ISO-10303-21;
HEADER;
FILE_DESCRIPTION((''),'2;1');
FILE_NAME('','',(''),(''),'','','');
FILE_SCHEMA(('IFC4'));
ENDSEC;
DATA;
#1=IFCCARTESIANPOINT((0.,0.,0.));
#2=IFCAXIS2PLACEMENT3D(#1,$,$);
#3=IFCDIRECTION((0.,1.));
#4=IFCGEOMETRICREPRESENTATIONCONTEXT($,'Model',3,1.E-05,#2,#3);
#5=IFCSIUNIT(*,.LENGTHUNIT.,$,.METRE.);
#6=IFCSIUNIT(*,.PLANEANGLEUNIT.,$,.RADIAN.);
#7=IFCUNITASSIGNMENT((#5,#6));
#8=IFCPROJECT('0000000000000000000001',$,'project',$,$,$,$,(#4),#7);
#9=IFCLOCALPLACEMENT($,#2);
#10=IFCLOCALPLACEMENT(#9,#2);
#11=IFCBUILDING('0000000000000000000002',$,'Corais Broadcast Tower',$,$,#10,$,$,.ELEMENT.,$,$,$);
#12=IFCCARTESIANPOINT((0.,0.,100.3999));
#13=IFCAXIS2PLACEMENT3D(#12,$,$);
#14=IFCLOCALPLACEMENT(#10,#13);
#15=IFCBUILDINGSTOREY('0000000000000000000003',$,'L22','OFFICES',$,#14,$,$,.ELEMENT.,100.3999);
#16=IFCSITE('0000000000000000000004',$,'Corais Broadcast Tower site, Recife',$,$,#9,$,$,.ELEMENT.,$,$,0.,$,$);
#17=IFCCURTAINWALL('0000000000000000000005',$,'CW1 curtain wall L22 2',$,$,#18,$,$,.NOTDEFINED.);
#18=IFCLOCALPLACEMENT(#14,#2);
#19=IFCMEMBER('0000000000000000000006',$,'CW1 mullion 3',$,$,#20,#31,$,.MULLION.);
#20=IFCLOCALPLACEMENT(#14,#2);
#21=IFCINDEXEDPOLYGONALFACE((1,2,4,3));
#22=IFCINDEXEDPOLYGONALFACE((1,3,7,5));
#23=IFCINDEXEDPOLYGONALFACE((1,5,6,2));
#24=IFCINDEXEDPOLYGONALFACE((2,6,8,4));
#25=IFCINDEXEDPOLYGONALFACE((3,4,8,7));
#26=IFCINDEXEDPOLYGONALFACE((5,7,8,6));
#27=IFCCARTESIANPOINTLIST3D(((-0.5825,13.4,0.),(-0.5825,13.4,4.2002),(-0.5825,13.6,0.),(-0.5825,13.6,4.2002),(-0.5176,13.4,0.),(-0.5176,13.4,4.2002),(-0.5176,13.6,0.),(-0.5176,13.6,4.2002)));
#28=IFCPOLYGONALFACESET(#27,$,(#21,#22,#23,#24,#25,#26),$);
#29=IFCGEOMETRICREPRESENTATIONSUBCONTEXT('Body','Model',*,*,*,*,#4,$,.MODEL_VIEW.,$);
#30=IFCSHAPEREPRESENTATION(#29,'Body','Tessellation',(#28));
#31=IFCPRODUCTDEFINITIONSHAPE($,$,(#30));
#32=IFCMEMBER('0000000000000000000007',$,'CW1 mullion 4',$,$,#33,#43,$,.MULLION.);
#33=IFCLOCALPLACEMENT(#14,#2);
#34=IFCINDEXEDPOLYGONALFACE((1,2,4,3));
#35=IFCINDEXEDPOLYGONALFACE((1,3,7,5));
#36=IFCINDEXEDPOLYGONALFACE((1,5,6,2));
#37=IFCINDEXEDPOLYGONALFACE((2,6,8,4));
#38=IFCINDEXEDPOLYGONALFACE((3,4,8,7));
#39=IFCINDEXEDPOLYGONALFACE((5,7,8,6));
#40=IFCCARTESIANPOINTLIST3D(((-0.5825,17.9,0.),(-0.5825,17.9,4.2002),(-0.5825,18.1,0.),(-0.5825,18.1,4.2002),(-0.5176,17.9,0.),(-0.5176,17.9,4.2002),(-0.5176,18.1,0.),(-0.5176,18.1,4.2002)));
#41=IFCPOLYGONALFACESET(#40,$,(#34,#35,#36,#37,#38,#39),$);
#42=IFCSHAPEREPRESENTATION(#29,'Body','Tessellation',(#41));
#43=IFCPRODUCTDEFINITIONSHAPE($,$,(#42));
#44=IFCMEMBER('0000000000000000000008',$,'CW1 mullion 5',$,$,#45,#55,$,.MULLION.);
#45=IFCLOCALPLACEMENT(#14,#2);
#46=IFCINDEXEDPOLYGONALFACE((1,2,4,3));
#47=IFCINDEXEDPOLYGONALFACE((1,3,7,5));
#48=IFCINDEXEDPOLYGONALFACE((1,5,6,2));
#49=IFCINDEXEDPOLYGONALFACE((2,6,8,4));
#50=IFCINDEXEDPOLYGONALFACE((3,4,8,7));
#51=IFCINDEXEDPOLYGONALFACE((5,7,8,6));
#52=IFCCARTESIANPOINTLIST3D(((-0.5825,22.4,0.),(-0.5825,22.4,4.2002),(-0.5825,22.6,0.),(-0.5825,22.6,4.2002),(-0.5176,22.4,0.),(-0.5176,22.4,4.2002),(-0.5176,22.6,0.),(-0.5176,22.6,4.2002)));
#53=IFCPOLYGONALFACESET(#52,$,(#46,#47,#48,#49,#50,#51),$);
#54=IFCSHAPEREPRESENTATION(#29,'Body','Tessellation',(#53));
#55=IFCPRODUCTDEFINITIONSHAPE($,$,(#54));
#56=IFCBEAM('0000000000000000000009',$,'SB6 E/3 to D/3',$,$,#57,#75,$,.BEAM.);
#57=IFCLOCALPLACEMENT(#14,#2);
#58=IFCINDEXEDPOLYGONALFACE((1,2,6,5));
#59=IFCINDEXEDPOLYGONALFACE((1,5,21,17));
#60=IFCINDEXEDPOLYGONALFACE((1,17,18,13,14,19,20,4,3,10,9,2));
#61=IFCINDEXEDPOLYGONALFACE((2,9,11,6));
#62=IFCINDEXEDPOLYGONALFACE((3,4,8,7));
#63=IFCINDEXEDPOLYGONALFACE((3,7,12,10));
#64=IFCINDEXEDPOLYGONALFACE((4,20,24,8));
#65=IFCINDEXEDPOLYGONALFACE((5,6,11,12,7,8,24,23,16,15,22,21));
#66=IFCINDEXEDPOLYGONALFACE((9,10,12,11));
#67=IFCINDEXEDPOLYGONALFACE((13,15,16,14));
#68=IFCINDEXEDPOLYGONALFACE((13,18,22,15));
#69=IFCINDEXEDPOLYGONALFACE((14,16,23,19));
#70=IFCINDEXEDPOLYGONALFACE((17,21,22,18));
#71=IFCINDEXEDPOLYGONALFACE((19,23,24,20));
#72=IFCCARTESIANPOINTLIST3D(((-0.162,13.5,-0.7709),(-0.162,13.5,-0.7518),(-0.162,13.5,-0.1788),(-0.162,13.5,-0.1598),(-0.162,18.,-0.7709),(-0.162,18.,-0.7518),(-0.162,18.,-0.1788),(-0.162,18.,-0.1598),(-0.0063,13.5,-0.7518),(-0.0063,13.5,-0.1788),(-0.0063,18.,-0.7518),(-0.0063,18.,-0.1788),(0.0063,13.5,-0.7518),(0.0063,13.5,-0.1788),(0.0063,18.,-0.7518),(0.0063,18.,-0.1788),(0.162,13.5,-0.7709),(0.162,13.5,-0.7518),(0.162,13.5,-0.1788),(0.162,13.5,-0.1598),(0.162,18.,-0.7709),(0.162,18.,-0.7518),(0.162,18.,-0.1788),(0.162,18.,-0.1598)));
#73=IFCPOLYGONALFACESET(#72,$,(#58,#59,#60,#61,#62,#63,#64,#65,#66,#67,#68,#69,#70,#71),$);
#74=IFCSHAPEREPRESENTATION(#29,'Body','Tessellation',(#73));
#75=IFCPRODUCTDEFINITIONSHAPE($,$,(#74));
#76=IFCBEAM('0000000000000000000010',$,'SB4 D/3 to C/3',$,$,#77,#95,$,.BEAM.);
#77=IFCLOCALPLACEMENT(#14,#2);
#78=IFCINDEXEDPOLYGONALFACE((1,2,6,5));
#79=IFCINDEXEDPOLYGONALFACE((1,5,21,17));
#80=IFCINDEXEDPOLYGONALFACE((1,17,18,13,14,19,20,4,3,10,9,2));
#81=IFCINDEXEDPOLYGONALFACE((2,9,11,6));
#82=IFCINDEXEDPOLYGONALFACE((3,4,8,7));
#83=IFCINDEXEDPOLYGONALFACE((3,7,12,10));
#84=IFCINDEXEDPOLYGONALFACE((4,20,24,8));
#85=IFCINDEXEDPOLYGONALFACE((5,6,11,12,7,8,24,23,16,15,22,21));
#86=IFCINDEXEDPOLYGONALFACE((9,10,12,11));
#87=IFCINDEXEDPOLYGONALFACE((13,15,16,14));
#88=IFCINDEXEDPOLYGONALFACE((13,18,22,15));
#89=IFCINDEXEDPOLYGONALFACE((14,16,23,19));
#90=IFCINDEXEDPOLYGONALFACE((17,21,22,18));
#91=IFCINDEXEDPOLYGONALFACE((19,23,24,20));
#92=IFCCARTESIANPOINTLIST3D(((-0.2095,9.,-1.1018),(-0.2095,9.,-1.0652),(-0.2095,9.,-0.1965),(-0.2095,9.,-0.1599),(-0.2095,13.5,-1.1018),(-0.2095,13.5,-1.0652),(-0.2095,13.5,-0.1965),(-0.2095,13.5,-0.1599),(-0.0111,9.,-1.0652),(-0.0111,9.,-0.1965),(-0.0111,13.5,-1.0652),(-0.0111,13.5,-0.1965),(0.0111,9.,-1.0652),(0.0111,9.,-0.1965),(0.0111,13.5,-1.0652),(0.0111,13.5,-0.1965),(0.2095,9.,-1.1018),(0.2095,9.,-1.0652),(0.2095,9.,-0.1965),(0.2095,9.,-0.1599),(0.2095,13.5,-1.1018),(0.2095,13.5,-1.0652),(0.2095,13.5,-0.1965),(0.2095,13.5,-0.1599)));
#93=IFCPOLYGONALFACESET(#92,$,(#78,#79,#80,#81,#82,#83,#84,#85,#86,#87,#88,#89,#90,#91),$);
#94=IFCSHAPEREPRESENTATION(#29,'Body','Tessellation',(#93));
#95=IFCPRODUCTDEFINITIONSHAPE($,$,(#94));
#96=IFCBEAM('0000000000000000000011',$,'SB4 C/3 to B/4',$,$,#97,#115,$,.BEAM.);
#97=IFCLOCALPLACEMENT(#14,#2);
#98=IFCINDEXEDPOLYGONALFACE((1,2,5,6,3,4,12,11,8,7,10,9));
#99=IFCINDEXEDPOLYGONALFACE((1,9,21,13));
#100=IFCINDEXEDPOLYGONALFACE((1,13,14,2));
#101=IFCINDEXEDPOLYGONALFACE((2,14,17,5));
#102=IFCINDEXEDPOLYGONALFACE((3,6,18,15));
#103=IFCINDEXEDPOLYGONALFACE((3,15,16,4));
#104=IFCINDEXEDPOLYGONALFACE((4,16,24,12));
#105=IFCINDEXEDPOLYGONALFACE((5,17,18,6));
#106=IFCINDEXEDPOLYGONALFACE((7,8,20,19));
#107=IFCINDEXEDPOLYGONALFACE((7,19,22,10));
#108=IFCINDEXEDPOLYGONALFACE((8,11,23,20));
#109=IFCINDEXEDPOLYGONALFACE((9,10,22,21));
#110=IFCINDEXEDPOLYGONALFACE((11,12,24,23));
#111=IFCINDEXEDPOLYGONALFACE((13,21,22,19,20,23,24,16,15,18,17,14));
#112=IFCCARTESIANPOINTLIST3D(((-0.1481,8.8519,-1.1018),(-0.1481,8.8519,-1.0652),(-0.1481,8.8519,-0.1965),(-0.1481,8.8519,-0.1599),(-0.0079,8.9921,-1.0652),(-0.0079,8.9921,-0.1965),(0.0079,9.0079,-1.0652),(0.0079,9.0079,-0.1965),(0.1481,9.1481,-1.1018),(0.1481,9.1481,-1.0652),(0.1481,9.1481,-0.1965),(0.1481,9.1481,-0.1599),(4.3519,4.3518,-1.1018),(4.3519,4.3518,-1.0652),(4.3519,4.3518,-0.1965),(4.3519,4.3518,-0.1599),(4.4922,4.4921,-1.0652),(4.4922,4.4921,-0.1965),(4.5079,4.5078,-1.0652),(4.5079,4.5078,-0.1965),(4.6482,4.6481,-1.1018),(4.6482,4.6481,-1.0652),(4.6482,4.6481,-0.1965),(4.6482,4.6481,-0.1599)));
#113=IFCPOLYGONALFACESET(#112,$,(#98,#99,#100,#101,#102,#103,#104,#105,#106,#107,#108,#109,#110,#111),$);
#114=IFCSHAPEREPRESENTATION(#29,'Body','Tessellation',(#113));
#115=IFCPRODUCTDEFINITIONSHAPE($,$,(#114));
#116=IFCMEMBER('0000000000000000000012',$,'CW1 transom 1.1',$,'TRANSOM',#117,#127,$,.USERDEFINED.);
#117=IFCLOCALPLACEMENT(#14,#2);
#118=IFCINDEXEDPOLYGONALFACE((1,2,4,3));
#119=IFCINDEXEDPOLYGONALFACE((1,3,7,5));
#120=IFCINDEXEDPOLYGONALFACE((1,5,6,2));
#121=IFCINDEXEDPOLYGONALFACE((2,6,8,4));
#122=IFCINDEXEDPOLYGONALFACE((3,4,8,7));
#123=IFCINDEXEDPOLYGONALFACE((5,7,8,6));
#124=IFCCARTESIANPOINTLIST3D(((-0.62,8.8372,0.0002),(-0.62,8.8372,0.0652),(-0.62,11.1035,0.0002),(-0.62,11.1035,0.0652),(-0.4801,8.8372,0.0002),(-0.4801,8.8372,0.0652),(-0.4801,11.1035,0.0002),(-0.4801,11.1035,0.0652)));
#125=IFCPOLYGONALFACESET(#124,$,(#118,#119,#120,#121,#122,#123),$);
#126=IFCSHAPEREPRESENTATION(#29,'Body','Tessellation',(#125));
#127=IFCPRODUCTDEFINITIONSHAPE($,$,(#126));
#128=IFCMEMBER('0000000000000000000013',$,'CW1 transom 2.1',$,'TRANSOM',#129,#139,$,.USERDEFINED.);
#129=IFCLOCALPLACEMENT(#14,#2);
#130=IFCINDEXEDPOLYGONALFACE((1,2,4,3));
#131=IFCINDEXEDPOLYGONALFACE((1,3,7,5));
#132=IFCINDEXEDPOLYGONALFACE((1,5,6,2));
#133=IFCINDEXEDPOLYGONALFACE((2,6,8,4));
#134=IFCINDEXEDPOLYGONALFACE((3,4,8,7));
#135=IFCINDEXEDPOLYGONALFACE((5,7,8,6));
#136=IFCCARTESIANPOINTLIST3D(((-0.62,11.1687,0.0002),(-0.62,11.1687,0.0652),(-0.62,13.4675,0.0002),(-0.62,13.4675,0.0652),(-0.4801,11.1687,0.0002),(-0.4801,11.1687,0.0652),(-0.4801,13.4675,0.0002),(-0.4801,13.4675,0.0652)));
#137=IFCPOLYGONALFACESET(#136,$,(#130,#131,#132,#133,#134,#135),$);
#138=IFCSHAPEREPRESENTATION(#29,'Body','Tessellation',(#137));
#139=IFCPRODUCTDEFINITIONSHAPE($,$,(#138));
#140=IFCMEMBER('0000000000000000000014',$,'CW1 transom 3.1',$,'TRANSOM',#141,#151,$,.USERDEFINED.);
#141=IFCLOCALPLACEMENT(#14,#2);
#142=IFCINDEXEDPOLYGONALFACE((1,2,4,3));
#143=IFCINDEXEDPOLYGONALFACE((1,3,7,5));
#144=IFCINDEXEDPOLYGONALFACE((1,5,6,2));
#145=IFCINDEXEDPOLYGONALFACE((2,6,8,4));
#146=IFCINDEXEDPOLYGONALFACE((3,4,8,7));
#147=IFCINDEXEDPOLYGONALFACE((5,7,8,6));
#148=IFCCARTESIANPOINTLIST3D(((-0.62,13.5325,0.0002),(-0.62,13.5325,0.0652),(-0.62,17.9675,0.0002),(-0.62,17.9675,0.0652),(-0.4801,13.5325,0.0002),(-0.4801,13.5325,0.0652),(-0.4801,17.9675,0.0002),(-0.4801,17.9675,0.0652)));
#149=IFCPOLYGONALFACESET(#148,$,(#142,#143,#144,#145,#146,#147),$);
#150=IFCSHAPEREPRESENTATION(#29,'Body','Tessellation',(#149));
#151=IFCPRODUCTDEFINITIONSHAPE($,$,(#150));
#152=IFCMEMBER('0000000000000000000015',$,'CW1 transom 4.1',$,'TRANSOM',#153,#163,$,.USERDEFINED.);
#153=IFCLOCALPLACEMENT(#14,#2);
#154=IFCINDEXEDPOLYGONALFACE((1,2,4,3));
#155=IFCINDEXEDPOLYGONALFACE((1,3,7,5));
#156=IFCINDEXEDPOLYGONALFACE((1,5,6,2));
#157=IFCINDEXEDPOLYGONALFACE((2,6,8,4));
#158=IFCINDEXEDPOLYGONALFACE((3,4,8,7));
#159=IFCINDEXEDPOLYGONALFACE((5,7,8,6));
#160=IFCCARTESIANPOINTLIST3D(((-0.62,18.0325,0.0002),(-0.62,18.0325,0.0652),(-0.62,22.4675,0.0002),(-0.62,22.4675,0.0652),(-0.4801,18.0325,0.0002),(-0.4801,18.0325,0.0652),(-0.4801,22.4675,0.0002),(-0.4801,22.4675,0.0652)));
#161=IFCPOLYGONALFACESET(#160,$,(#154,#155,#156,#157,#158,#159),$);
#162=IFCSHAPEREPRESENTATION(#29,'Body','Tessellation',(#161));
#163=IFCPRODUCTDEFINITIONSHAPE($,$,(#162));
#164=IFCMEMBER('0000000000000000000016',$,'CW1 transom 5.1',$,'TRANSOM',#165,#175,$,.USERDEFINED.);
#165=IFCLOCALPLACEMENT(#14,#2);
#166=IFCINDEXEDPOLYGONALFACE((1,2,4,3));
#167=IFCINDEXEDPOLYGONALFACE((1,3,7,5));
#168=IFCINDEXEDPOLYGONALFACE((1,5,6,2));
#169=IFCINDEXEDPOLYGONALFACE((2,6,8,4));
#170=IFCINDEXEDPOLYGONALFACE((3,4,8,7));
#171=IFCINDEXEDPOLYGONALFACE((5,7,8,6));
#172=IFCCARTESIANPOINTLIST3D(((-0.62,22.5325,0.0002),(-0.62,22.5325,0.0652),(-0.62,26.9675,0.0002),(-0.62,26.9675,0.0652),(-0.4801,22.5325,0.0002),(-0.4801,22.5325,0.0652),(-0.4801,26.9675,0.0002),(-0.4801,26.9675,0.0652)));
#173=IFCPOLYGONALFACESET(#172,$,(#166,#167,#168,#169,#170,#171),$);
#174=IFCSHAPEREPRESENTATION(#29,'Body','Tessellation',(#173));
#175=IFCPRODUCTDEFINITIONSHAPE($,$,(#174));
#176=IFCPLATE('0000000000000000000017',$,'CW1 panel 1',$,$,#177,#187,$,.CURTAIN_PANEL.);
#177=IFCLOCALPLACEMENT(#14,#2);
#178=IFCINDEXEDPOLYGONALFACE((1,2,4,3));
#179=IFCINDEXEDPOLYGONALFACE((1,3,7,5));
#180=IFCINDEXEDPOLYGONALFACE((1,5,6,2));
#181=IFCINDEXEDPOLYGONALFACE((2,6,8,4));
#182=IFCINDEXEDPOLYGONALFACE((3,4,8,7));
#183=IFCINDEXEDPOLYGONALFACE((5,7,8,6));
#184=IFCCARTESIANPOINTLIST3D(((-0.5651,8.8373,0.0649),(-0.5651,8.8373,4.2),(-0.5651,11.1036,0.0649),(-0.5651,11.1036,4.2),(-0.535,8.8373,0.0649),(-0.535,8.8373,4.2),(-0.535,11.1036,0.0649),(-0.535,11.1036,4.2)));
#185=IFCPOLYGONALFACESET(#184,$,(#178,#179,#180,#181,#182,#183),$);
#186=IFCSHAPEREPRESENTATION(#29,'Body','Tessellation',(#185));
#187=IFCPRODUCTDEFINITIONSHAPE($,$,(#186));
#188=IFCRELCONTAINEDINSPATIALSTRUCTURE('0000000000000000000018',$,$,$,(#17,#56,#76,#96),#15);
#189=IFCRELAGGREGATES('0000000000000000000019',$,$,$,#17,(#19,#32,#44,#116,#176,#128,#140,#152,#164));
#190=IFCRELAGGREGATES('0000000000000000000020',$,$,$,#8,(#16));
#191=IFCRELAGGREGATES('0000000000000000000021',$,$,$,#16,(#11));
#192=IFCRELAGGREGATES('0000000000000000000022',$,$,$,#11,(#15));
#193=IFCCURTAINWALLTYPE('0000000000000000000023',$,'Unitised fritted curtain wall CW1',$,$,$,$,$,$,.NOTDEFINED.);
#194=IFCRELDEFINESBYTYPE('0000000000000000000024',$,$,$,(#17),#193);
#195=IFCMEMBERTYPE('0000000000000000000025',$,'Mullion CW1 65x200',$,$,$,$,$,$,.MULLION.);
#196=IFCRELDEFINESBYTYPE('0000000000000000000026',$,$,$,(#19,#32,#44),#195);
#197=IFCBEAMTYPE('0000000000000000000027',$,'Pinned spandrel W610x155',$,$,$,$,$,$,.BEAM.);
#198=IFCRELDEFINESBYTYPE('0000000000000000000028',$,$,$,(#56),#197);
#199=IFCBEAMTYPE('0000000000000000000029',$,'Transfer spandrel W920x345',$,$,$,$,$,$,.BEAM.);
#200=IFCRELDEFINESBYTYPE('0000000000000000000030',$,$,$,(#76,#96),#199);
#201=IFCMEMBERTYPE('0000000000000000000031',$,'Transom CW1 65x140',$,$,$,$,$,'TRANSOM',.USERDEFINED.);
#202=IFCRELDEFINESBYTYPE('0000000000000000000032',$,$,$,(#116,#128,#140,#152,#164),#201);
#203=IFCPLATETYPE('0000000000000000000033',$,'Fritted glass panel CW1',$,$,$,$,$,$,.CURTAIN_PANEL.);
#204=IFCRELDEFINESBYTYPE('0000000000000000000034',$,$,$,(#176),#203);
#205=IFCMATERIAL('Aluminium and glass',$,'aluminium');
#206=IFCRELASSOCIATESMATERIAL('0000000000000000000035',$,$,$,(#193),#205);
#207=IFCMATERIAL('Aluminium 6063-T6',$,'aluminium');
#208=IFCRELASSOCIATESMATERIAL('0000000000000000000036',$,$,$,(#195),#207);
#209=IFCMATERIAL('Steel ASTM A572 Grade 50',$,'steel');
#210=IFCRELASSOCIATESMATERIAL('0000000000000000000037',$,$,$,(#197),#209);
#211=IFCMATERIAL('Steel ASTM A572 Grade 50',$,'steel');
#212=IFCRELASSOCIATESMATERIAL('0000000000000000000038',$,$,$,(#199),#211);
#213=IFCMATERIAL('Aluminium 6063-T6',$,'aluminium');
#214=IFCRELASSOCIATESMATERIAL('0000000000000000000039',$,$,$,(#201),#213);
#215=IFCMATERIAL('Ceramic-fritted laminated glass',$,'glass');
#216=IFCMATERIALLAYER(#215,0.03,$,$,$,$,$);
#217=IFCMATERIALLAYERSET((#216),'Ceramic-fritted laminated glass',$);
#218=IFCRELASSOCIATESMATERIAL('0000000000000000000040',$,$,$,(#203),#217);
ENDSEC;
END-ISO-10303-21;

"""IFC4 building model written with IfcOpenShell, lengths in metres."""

from ifc_helpers import new_model, si_unit, direction, frame, origin, origin_2d, place, context, subcontext, project, spatial, rectangle, i_section, extrude, material, layer, layer_set, material_profile, profile_set, type_object, element, aggregate, save


model = new_model("IFC4")

# Units and contexts
model_context = context("Model", 3, precision=1e-05, world=origin(), true_north=direction((0.0, 1.0)))
body_context = subcontext(model_context, "Body", "Model", "MODEL_VIEW")
ifc_project = project(units=[si_unit("LENGTHUNIT", "METRE"), si_unit("PLANEANGLEUNIT", "RADIAN")], contexts=[model_context])

# Site, building, storey
site_placement = place(None, origin())
site = spatial("IfcSite", under=ifc_project, at=site_placement, Name="Corais Broadcast Tower site, Recife", CompositionType="ELEMENT", RefElevation=0.0)
building_placement = place(site_placement, origin())
building = spatial("IfcBuilding", under=site, at=building_placement, Name="Corais Broadcast Tower", CompositionType="ELEMENT")
storey_placement = place(building_placement, frame((0.0, 0.0, 100.3999)))
storey = spatial("IfcBuildingStorey", under=building, at=storey_placement, Name="L22", Description="OFFICES", CompositionType="ELEMENT", Elevation=100.3999)

# Shared definitions
ifc_material_1 = material(Name="Aluminium and glass", Category="aluminium")
curtain_wall_type = type_object("IfcCurtainWallType", Name="Unitised fritted curtain wall CW1", PredefinedType="NOTDEFINED", material=ifc_material_1)
ifc_material_2 = material(Name="Aluminium 6063-T6", Category="aluminium")
ifc_material_profile_1 = material_profile(ifc_material_2, rectangle(XDim=0.0649, YDim=0.2, at=origin_2d()), Name="Mullion CW1 65x200")
ifc_profile_set_1 = profile_set([ifc_material_profile_1], Name="Aluminium 6063-T6")
member_type_1 = type_object("IfcMemberType", Name="Mullion CW1 65x200", PredefinedType="MULLION", material=ifc_profile_set_1)

# Curtain wall, members
curtain_wall_1_placement = place(storey_placement, origin())
curtain_wall_1 = element("IfcCurtainWall", 1, at=curtain_wall_1_placement, inside=storey, type_object=curtain_wall_type, Name="CW1 curtain wall L22 2", PredefinedType="NOTDEFINED")
member_1_placement = place(storey_placement, frame((-0.55, 13.5, 0.0), z_axis=(0.0, 0.0, 1.0), x_axis=(-1.0, 0.0, 0.0)))
member_1 = element("IfcMember", 2, at=member_1_placement, type_object=member_type_1, Name="CW1 mullion 3", PredefinedType="MULLION", context=body_context, shape_type="SweptSolid", body=[
    extrude(rectangle(XDim=0.0649, YDim=0.2, at=origin_2d()), origin(), (0.0, 0.0, 1.0), 4.2002),
])
member_2_placement = place(storey_placement, frame((-0.55, 18.0, 0.0), z_axis=(0.0, 0.0, 1.0), x_axis=(-1.0, 0.0, 0.0)))
member_2 = element("IfcMember", 3, at=member_2_placement, type_object=member_type_1, Name="CW1 mullion 4", PredefinedType="MULLION", context=body_context, shape_type="SweptSolid", body=[
    extrude(rectangle(XDim=0.0649, YDim=0.2, at=origin_2d()), origin(), (0.0, 0.0, 1.0), 4.2002),
])
member_3_placement = place(storey_placement, frame((-0.55, 22.5, 0.0), z_axis=(0.0, 0.0, 1.0), x_axis=(-1.0, 0.0, 0.0)))
member_3 = element("IfcMember", 4, at=member_3_placement, type_object=member_type_1, Name="CW1 mullion 5", PredefinedType="MULLION", context=body_context, shape_type="SweptSolid", body=[
    extrude(rectangle(XDim=0.0649, YDim=0.2, at=origin_2d()), origin(), (0.0, 0.0, 1.0), 4.2002),
])

# Beams
ifc_material_3 = material(Name="Steel ASTM A572 Grade 50", Category="steel")
ifc_material_profile_2 = material_profile(ifc_material_3, i_section(OverallWidth=0.324, OverallDepth=0.6111, WebThickness=0.0127, FlangeThickness=0.019, at=origin_2d()), Name="W610x155")
ifc_profile_set_2 = profile_set([ifc_material_profile_2], Name="Steel ASTM A572 Grade 50")
beam_type_1 = type_object("IfcBeamType", Name="Pinned spandrel W610x155", PredefinedType="BEAM", material=ifc_profile_set_2)
beam_1_placement = place(storey_placement, frame((0.0, 18.0, -0.4653), z_axis=(0.0, -1.0, 0.0), x_axis=(1.0, 0.0, 0.0)))
element("IfcBeam", 5, at=beam_1_placement, inside=storey, type_object=beam_type_1, Name="SB6 E/3 to D/3", PredefinedType="BEAM", context=body_context, shape_type="SweptSolid", body=[
    extrude(i_section(OverallWidth=0.324, OverallDepth=0.6111, WebThickness=0.0127, FlangeThickness=0.019, at=origin_2d()), origin(), (0.0, 0.0, 1.0), 4.5),
])
ifc_material_4 = material(Name="Steel ASTM A572 Grade 50", Category="steel")
ifc_material_profile_3 = material_profile(ifc_material_4, i_section(OverallWidth=0.4189, OverallDepth=0.9419, WebThickness=0.0222, FlangeThickness=0.0366, at=origin_2d()), Name="W920x345")
ifc_profile_set_3 = profile_set([ifc_material_profile_3], Name="Steel ASTM A572 Grade 50")
beam_type_2 = type_object("IfcBeamType", Name="Transfer spandrel W920x345", PredefinedType="BEAM", material=ifc_profile_set_3)
beam_2_placement = place(storey_placement, frame((0.0, 13.5, -0.6309), z_axis=(0.0, -1.0, 0.0), x_axis=(1.0, 0.0, 0.0)))
element("IfcBeam", 6, at=beam_2_placement, inside=storey, type_object=beam_type_2, Name="SB4 D/3 to C/3", PredefinedType="BEAM", context=body_context, shape_type="SweptSolid", body=[
    extrude(i_section(OverallWidth=0.4189, OverallDepth=0.9419, WebThickness=0.0222, FlangeThickness=0.0366, at=origin_2d()), origin(), (0.0, 0.0, 1.0), 4.5),
])
beam_3_placement = place(storey_placement, frame((0.0, 9.0, -0.6309), z_axis=(0.707107, -0.707107, 0.0), x_axis=(0.707107, 0.707107, 0.0)))
element("IfcBeam", 7, at=beam_3_placement, inside=storey, type_object=beam_type_2, Name="SB4 C/3 to B/4", PredefinedType="BEAM", context=body_context, shape_type="SweptSolid", body=[
    extrude(i_section(OverallWidth=0.4189, OverallDepth=0.9419, WebThickness=0.0222, FlangeThickness=0.0366, at=origin_2d()), origin(), (0.0, 0.0, 1.0), 6.364),
])

# Members
ifc_material_5 = material(Name="Aluminium 6063-T6", Category="aluminium")
ifc_material_profile_4 = material_profile(ifc_material_5, rectangle(XDim=0.1399, YDim=0.0649, at=origin_2d()), Name="Transom CW1 65x140")
ifc_profile_set_4 = profile_set([ifc_material_profile_4], Name="Aluminium 6063-T6")
member_type_2 = type_object("IfcMemberType", Name="Transom CW1 65x140", ElementType="TRANSOM", PredefinedType="USERDEFINED", material=ifc_profile_set_4)
member_4_placement = place(storey_placement, frame((-0.55, 8.8372, 0.0327), z_axis=(0.0, 1.0, 0.0), x_axis=(-1.0, 0.0, 0.0)))
member_4 = element("IfcMember", 8, at=member_4_placement, type_object=member_type_2, Name="CW1 transom 1.1", ObjectType="TRANSOM", PredefinedType="USERDEFINED", context=body_context, shape_type="SweptSolid", body=[
    extrude(rectangle(XDim=0.1399, YDim=0.0649, at=origin_2d()), origin(), (0.0, 0.0, 1.0), 2.2664),
])
member_5_placement = place(storey_placement, frame((-0.55, 11.1687, 0.0327), z_axis=(0.0, 1.0, 0.0), x_axis=(-1.0, 0.0, 0.0)))
member_5 = element("IfcMember", 9, at=member_5_placement, type_object=member_type_2, Name="CW1 transom 2.1", ObjectType="TRANSOM", PredefinedType="USERDEFINED", context=body_context, shape_type="SweptSolid", body=[
    extrude(rectangle(XDim=0.1399, YDim=0.0649, at=origin_2d()), origin(), (0.0, 0.0, 1.0), 2.2988),
])
member_6_placement = place(storey_placement, frame((-0.55, 13.5325, 0.0327), z_axis=(0.0, 1.0, 0.0), x_axis=(-1.0, 0.0, 0.0)))
member_6 = element("IfcMember", 10, at=member_6_placement, type_object=member_type_2, Name="CW1 transom 3.1", ObjectType="TRANSOM", PredefinedType="USERDEFINED", context=body_context, shape_type="SweptSolid", body=[
    extrude(rectangle(XDim=0.1399, YDim=0.0649, at=origin_2d()), origin(), (0.0, 0.0, 1.0), 4.4351),
])
member_7_placement = place(storey_placement, frame((-0.55, 18.0325, 0.0327), z_axis=(0.0, 1.0, 0.0), x_axis=(-1.0, 0.0, 0.0)))
member_7 = element("IfcMember", 11, at=member_7_placement, type_object=member_type_2, Name="CW1 transom 4.1", ObjectType="TRANSOM", PredefinedType="USERDEFINED", context=body_context, shape_type="SweptSolid", body=[
    extrude(rectangle(XDim=0.1399, YDim=0.0649, at=origin_2d()), origin(), (0.0, 0.0, 1.0), 4.4351),
])
member_8_placement = place(storey_placement, frame((-0.55, 22.5325, 0.0327), z_axis=(0.0, 1.0, 0.0), x_axis=(-1.0, 0.0, 0.0)))
member_8 = element("IfcMember", 12, at=member_8_placement, type_object=member_type_2, Name="CW1 transom 5.1", ObjectType="TRANSOM", PredefinedType="USERDEFINED", context=body_context, shape_type="SweptSolid", body=[
    extrude(rectangle(XDim=0.1399, YDim=0.0649, at=origin_2d()), origin(), (0.0, 0.0, 1.0), 4.4351),
])

# Plate
ifc_material_6 = material(Name="Ceramic-fritted laminated glass", Category="glass")
ifc_layer_1 = layer(ifc_material_6, 0.03)
ifc_layer_set_1 = layer_set([ifc_layer_1], Name="Ceramic-fritted laminated glass")
plate_type_1 = type_object("IfcPlateType", Name="Fritted glass panel CW1", PredefinedType="CURTAIN_PANEL", material=ifc_layer_set_1)
plate_1_placement = place(storey_placement, frame((-0.55, 9.9705, 0.0649), z_axis=(0.0, 0.0, 1.0), x_axis=(0.0, 1.0, 0.0)))
plate_1 = element("IfcPlate", 13, at=plate_1_placement, type_object=plate_type_1, Name="CW1 panel 1", PredefinedType="CURTAIN_PANEL", context=body_context, shape_type="SweptSolid", body=[
    extrude(rectangle(XDim=2.2664, YDim=0.03, at=origin_2d()), origin(), (0.0, 0.0, 1.0), 4.135),
])
aggregate(curtain_wall_1, [member_1, member_2, member_3, member_4, plate_1, member_5, member_6, member_7, member_8])

save(model, "model.ifc")
